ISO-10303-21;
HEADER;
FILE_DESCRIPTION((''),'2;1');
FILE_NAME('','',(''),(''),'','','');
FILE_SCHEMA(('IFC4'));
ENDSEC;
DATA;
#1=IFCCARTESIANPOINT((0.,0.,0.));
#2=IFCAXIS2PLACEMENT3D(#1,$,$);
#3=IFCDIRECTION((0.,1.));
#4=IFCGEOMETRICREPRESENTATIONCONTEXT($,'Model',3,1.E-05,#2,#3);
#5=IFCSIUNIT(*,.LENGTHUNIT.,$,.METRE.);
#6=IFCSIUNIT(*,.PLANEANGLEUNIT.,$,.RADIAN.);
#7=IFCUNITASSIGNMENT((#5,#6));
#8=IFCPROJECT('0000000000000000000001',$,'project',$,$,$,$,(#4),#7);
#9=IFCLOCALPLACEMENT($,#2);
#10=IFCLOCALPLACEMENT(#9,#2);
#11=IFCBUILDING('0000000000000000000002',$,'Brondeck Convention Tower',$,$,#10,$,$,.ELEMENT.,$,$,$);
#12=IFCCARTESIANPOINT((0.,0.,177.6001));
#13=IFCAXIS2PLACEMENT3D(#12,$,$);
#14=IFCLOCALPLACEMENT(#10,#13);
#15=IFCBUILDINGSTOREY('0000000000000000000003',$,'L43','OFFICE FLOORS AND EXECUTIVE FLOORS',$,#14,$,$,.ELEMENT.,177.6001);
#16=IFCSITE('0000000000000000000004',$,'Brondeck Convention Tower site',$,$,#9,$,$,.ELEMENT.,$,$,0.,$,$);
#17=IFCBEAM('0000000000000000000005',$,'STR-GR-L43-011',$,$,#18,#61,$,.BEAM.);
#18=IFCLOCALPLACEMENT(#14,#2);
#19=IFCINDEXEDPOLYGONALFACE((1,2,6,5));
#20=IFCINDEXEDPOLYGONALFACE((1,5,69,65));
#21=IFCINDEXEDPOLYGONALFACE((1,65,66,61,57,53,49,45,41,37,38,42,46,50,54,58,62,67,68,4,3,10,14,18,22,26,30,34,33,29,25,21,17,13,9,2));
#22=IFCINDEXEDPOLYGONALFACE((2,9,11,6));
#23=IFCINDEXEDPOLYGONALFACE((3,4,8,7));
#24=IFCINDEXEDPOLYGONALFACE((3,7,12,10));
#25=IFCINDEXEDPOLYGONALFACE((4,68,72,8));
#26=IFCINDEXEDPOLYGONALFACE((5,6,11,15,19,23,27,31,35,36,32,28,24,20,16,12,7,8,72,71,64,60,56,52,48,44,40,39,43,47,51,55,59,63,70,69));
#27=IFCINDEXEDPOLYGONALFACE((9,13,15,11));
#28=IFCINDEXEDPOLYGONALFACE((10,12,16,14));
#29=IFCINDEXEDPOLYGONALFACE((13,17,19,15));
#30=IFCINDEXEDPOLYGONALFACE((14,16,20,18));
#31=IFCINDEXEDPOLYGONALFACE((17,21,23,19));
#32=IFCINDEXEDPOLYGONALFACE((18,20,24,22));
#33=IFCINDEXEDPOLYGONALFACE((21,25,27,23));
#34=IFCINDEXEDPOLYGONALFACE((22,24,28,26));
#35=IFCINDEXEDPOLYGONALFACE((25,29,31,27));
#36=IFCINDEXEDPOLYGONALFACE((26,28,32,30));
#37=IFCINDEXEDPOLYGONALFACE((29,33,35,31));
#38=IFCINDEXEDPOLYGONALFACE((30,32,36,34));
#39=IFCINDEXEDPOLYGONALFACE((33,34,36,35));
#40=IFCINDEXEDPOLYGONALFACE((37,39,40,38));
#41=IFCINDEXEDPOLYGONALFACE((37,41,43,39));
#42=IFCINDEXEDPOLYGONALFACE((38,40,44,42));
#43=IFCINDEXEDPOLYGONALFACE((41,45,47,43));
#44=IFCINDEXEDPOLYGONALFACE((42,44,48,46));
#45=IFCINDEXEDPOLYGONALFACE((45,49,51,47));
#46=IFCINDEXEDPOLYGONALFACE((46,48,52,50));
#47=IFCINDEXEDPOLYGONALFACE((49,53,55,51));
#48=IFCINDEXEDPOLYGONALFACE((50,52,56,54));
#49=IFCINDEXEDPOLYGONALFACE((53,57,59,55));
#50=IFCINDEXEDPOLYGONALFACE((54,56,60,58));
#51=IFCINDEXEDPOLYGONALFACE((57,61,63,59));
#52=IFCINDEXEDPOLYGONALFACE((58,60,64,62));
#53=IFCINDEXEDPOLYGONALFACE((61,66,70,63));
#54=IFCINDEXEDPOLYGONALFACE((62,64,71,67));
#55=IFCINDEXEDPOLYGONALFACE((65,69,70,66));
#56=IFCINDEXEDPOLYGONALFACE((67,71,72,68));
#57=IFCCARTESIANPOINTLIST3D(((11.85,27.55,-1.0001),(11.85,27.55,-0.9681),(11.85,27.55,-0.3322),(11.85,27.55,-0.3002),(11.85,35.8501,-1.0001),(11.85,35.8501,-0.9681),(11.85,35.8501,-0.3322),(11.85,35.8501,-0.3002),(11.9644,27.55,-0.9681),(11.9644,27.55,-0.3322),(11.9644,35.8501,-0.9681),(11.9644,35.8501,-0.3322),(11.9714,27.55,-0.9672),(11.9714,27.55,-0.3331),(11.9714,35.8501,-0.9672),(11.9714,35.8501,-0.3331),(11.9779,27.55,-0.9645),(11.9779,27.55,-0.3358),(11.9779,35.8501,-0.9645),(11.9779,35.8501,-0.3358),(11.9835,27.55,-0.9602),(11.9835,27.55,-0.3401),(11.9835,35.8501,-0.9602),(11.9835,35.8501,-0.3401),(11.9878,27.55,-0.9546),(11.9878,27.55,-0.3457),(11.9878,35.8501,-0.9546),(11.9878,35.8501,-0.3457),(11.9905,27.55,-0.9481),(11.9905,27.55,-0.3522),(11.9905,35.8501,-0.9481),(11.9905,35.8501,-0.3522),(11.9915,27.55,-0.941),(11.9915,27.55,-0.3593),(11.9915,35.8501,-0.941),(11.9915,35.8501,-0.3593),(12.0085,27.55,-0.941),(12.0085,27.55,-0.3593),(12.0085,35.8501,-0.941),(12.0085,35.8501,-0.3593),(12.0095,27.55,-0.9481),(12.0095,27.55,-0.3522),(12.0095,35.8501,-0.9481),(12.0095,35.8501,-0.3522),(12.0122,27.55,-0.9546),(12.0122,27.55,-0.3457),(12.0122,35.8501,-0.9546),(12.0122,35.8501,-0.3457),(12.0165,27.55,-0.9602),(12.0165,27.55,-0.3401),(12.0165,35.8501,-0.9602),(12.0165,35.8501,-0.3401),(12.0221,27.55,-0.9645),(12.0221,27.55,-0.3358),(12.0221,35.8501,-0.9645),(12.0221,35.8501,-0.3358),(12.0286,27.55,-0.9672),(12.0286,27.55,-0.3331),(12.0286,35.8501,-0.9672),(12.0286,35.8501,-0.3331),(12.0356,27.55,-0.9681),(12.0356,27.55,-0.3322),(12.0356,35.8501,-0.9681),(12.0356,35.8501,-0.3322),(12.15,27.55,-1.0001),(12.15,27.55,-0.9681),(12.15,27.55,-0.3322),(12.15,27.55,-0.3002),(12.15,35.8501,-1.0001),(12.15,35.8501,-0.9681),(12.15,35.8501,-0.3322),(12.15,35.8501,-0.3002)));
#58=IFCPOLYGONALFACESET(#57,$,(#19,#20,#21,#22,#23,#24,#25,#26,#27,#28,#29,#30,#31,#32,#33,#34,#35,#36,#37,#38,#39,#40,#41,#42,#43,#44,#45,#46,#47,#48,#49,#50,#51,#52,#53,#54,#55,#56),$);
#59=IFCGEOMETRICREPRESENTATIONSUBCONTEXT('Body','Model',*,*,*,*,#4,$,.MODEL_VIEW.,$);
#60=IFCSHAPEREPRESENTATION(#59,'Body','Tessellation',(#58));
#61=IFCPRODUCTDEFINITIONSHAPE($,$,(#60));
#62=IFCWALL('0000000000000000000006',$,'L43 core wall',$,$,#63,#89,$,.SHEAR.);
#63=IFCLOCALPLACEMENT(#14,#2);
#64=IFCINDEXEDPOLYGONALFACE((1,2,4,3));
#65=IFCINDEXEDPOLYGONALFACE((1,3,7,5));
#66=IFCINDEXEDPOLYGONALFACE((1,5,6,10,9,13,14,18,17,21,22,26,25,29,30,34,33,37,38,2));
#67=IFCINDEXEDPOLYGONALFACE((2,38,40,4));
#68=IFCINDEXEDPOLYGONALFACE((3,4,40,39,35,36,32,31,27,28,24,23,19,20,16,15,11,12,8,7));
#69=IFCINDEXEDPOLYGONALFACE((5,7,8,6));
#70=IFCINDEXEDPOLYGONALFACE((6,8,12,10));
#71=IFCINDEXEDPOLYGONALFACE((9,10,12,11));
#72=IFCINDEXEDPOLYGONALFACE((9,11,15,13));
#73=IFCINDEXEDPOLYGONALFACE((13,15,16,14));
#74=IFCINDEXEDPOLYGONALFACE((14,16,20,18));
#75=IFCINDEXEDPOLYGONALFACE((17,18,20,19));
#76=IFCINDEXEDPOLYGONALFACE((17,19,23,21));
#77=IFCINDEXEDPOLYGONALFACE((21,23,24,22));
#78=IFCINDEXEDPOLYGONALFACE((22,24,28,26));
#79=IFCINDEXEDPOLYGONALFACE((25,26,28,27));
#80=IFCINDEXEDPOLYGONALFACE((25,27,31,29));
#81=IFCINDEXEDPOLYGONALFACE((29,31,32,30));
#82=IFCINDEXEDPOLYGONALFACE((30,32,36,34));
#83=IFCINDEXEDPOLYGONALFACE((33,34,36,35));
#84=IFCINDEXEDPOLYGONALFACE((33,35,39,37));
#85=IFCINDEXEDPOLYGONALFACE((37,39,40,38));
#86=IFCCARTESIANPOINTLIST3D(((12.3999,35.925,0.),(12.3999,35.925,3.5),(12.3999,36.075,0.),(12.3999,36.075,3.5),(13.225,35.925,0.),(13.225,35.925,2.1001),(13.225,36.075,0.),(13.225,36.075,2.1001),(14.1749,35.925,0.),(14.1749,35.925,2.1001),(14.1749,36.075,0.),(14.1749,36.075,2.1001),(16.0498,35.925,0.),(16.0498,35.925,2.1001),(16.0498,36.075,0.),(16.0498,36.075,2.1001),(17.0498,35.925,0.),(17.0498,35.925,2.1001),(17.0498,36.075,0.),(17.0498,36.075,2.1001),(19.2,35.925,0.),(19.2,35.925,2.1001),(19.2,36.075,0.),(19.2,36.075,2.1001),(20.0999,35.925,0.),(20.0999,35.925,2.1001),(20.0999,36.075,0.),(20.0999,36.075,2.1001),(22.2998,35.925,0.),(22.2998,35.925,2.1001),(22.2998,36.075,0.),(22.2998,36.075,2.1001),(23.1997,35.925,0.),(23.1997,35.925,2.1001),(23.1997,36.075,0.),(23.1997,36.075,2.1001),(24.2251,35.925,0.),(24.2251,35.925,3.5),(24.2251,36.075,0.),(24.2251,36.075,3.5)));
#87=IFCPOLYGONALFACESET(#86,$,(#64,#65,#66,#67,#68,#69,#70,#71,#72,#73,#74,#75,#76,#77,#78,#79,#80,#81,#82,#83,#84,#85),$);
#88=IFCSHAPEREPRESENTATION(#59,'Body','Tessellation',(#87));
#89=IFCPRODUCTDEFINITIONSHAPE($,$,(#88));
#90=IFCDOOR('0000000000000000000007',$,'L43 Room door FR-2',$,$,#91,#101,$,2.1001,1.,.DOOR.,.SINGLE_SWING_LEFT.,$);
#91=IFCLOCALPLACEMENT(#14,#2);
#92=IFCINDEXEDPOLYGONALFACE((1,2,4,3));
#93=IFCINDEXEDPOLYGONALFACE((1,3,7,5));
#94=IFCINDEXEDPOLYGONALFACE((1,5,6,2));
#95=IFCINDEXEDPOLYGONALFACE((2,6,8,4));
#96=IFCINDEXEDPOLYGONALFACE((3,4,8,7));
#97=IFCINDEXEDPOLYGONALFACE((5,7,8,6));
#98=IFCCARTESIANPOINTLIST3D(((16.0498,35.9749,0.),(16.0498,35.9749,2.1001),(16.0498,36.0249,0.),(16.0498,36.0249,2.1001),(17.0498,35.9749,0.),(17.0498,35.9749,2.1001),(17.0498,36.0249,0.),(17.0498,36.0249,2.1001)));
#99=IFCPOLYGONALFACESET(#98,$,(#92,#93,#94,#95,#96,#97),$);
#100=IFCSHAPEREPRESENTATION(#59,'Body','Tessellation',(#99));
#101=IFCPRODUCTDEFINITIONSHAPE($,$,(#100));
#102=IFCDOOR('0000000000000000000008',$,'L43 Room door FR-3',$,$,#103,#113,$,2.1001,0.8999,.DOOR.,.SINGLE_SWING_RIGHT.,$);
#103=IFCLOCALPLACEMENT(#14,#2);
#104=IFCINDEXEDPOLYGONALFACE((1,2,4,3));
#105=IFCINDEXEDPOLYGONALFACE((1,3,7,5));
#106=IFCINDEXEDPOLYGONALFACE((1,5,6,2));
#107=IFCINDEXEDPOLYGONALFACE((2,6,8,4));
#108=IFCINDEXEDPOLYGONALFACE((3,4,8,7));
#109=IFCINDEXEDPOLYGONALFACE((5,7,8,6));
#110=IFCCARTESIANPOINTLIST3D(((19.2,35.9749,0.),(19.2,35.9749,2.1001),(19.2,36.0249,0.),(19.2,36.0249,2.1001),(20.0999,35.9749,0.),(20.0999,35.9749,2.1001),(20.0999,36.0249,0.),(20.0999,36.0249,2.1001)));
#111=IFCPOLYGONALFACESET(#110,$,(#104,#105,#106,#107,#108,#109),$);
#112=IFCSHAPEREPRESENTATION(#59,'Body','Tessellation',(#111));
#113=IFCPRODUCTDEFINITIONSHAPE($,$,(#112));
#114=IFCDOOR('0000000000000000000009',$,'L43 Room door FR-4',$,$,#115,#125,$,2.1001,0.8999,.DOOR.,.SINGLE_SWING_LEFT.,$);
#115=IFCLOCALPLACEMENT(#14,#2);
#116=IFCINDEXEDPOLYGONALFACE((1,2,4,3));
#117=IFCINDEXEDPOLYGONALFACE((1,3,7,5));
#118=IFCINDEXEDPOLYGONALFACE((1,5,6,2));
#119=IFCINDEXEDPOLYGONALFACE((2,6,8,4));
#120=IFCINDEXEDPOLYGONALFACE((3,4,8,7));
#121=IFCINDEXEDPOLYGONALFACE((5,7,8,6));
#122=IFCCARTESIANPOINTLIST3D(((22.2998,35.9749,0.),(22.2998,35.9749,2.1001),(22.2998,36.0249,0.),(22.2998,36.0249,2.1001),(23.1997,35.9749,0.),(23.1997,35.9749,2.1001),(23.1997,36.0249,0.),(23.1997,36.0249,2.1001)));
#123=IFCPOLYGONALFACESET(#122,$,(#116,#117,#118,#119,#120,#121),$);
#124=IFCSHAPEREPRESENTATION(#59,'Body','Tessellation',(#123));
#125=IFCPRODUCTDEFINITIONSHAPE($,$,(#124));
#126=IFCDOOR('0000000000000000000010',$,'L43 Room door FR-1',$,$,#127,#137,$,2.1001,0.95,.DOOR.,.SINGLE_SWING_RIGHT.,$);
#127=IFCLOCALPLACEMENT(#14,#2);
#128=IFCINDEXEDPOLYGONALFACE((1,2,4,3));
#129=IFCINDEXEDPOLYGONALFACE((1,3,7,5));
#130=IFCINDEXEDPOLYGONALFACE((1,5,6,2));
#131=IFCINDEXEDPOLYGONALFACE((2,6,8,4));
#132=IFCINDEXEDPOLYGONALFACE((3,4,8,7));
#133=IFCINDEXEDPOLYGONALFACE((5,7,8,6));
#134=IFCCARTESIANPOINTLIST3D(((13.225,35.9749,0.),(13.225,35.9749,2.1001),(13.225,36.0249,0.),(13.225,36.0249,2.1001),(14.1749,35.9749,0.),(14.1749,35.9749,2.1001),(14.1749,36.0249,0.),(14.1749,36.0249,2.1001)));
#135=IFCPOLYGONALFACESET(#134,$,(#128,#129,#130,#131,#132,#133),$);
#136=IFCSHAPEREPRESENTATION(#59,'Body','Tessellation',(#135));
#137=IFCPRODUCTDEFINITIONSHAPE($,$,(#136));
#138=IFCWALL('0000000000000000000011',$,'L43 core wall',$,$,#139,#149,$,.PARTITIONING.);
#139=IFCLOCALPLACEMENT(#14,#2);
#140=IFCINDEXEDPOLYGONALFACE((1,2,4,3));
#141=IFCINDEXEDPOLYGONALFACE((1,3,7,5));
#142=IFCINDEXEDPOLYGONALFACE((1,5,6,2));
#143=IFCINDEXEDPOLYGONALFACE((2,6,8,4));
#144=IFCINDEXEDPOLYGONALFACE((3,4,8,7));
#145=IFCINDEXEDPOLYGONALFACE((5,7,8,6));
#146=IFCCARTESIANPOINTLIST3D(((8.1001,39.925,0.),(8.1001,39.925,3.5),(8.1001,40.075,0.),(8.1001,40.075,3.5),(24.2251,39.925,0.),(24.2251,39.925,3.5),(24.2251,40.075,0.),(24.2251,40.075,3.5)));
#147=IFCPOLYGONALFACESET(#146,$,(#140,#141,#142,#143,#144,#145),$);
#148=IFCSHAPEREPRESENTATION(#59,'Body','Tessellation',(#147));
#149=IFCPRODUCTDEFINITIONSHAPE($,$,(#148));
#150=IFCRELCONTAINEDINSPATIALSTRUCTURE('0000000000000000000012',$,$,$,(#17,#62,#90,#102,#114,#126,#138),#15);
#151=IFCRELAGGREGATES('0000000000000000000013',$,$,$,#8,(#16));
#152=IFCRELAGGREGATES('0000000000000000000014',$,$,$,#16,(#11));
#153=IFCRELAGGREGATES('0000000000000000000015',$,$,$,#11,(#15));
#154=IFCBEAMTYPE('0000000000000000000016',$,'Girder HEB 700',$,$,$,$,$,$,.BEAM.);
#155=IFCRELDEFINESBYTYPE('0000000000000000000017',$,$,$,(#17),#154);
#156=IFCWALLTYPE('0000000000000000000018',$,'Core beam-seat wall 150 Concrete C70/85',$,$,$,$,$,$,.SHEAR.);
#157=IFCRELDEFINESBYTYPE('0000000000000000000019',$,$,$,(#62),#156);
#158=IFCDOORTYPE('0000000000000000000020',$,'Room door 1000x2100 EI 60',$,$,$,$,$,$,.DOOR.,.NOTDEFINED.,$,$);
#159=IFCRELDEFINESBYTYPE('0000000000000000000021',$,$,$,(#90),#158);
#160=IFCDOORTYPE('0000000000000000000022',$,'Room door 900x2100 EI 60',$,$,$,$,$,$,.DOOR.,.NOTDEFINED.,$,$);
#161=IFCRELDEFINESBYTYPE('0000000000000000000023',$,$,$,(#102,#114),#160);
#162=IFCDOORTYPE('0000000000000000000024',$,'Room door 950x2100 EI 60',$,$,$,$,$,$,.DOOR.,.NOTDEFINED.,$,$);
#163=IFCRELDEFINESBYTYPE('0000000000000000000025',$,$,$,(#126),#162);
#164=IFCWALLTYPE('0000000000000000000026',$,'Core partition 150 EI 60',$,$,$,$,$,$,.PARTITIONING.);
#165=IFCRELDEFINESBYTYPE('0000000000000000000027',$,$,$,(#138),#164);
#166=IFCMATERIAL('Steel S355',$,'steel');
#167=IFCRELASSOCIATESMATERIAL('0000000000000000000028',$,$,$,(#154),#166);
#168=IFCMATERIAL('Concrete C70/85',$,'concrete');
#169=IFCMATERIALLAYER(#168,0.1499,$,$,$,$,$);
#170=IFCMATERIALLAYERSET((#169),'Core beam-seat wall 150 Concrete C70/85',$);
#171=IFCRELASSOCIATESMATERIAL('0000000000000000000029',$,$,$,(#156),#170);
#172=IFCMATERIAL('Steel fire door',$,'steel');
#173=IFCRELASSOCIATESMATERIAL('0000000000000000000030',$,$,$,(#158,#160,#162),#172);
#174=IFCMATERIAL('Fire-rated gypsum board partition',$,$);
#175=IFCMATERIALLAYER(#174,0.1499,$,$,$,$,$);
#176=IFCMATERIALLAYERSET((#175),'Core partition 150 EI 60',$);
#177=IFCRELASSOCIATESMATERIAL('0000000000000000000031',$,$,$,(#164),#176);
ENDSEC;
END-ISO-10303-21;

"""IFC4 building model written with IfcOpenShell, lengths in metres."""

from ifc_helpers import new_model, si_unit, direction, frame, frame_2d, origin, origin_2d, place, context, subcontext, project, spatial, rectangle, i_section, extrude, material, layer, layer_set, material_profile, profile_set, type_object, element, fill, save


model = new_model("IFC4")

# Units and contexts
model_context = context("Model", 3, precision=1e-05, world=origin(), true_north=direction((0.0, 1.0)))
body_context = subcontext(model_context, "Body", "Model", "MODEL_VIEW")
ifc_project = project(units=[si_unit("LENGTHUNIT", "METRE"), si_unit("PLANEANGLEUNIT", "RADIAN")], contexts=[model_context])

# Site, building, storey
site_placement = place(None, origin())
site = spatial("IfcSite", under=ifc_project, at=site_placement, Name="Brondeck Convention Tower site", CompositionType="ELEMENT", RefElevation=0.0)
building_placement = place(site_placement, origin())
building = spatial("IfcBuilding", under=site, at=building_placement, Name="Brondeck Convention Tower", CompositionType="ELEMENT")
storey_placement = place(building_placement, frame((0.0, 0.0, 177.6001)))
storey = spatial("IfcBuildingStorey", under=building, at=storey_placement, Name="L43", Description="OFFICE FLOORS AND EXECUTIVE FLOORS", CompositionType="ELEMENT", Elevation=177.6001)

# Beam
ifc_material_1 = material(Name="Steel S355", Category="steel")
ifc_material_profile = material_profile(ifc_material_1, i_section(OverallWidth=0.3, OverallDepth=0.7, WebThickness=0.0171, FlangeThickness=0.032, FilletRadius=0.0271, at=origin_2d()), Name="HEB 700")
ifc_profile_set = profile_set([ifc_material_profile], Name="Steel S355")
beam_type = type_object("IfcBeamType", Name="Girder HEB 700", PredefinedType="BEAM", material=ifc_profile_set)
beam_placement = place(storey_placement, frame((12.0, 35.8501, -0.6501), z_axis=(0.0, -1.0, 0.0), x_axis=(1.0, 0.0, 0.0)))
element("IfcBeam", 1, at=beam_placement, inside=storey, type_object=beam_type, Name="STR-GR-L43-011", PredefinedType="BEAM", context=body_context, shape_type="SweptSolid", body=[
    extrude(i_section(OverallWidth=0.3, OverallDepth=0.7, WebThickness=0.0171, FlangeThickness=0.032, FilletRadius=0.0271, at=origin_2d()), origin(), (0.0, 0.0, 1.0), 8.3),
])

# Wall, openings, doors
ifc_material_2 = material(Name="Concrete C70/85", Category="concrete")
ifc_layer_1 = layer(ifc_material_2, 0.1499)
ifc_layer_set_1 = layer_set([ifc_layer_1], Name="Core beam-seat wall 150 Concrete C70/85")
wall_type_1 = type_object("IfcWallType", Name="Core beam-seat wall 150 Concrete C70/85", PredefinedType="SHEAR", material=ifc_layer_set_1)
wall_1_placement = place(storey_placement, frame((12.3999, 36.0, 0.0), z_axis=(0.0, 0.0, 1.0), x_axis=(1.0, 0.0, 0.0)))
wall_1 = element("IfcWall", 2, at=wall_1_placement, inside=storey, type_object=wall_type_1, Name="L43 core wall", PredefinedType="SHEAR", context=body_context, shape_type="SweptSolid", body=[
    extrude(rectangle(XDim=11.8252, YDim=0.1499, at=frame_2d((5.9126, 0.0))), origin(), (0.0, 0.0, 1.0), 3.5),
])
opening_1_placement = place(wall_1_placement, frame((0.825, 0.0, 0.0)))
opening_1 = element("IfcOpeningElement", 3, at=opening_1_placement, cuts=wall_1, PredefinedType="OPENING", context=body_context, shape_type="SweptSolid", body=[
    extrude(rectangle(XDim=0.95, YDim=2.1001, at=frame_2d((0.4751, 1.05))), frame((0.0, 0.085, 0.0), z_axis=(0.0, -1.0, 0.0), x_axis=(1.0, 0.0, 0.0)), (0.0, 0.0, 1.0), 0.1699),
])
opening_2_placement = place(wall_1_placement, frame((3.6499, 0.0, 0.0)))
opening_2 = element("IfcOpeningElement", 4, at=opening_2_placement, cuts=wall_1, PredefinedType="OPENING", context=body_context, shape_type="SweptSolid", body=[
    extrude(rectangle(XDim=1.0, YDim=2.1001, at=frame_2d((0.5, 1.05))), frame((0.0, 0.085, 0.0), z_axis=(0.0, -1.0, 0.0), x_axis=(1.0, 0.0, 0.0)), (0.0, 0.0, 1.0), 0.1699),
])
opening_3_placement = place(wall_1_placement, frame((6.8, 0.0, 0.0)))
opening_3 = element("IfcOpeningElement", 5, at=opening_3_placement, cuts=wall_1, PredefinedType="OPENING", context=body_context, shape_type="SweptSolid", body=[
    extrude(rectangle(XDim=0.8999, YDim=2.1001, at=frame_2d((0.45, 1.05))), frame((0.0, 0.085, 0.0), z_axis=(0.0, -1.0, 0.0), x_axis=(1.0, 0.0, 0.0)), (0.0, 0.0, 1.0), 0.1699),
])
opening_4_placement = place(wall_1_placement, frame((9.8999, 0.0, 0.0)))
opening_4 = element("IfcOpeningElement", 6, at=opening_4_placement, cuts=wall_1, PredefinedType="OPENING", context=body_context, shape_type="SweptSolid", body=[
    extrude(rectangle(XDim=0.8999, YDim=2.1001, at=frame_2d((0.45, 1.05))), frame((0.0, 0.085, 0.0), z_axis=(0.0, -1.0, 0.0), x_axis=(1.0, 0.0, 0.0)), (0.0, 0.0, 1.0), 0.1699),
])
ifc_material_3 = material(Name="Steel fire door", Category="steel")
door_type_1 = type_object("IfcDoorType", Name="Room door 1000x2100 EI 60", OperationType="NOTDEFINED", PredefinedType="DOOR", material=ifc_material_3)
door_1_placement = place(opening_2_placement, origin())
door_1 = element("IfcDoor", 7, at=door_1_placement, inside=storey, type_object=door_type_1, Name="L43 Room door FR-2", OperationType="SINGLE_SWING_LEFT", OverallHeight=2.1001, OverallWidth=1.0, PredefinedType="DOOR", context=body_context, shape_type="SweptSolid", body=[
    extrude(rectangle(XDim=1.0, YDim=2.1001, at=frame_2d((0.5, 1.05))), frame((0.0, 0.0249, 0.0), z_axis=(0.0, -1.0, 0.0), x_axis=(1.0, 0.0, 0.0)), (0.0, 0.0, 1.0), 0.05),
])
fill(opening_2, door_1)
door_type_2 = type_object("IfcDoorType", Name="Room door 900x2100 EI 60", OperationType="NOTDEFINED", PredefinedType="DOOR", material=ifc_material_3)
door_2_placement = place(opening_3_placement, origin())
door_2 = element("IfcDoor", 8, at=door_2_placement, inside=storey, type_object=door_type_2, Name="L43 Room door FR-3", OperationType="SINGLE_SWING_RIGHT", OverallHeight=2.1001, OverallWidth=0.8999, PredefinedType="DOOR", context=body_context, shape_type="SweptSolid", body=[
    extrude(rectangle(XDim=0.8999, YDim=2.1001, at=frame_2d((0.45, 1.05))), frame((0.0, 0.0249, 0.0), z_axis=(0.0, -1.0, 0.0), x_axis=(1.0, 0.0, 0.0)), (0.0, 0.0, 1.0), 0.05),
])
fill(opening_3, door_2)
door_3_placement = place(opening_4_placement, origin())
door_3 = element("IfcDoor", 9, at=door_3_placement, inside=storey, type_object=door_type_2, Name="L43 Room door FR-4", OperationType="SINGLE_SWING_LEFT", OverallHeight=2.1001, OverallWidth=0.8999, PredefinedType="DOOR", context=body_context, shape_type="SweptSolid", body=[
    extrude(rectangle(XDim=0.8999, YDim=2.1001, at=frame_2d((0.45, 1.05))), frame((0.0, 0.0249, 0.0), z_axis=(0.0, -1.0, 0.0), x_axis=(1.0, 0.0, 0.0)), (0.0, 0.0, 1.0), 0.05),
])
fill(opening_4, door_3)
door_type_3 = type_object("IfcDoorType", Name="Room door 950x2100 EI 60", OperationType="NOTDEFINED", PredefinedType="DOOR", material=ifc_material_3)
door_4_placement = place(opening_1_placement, origin())
door_4 = element("IfcDoor", 10, at=door_4_placement, inside=storey, type_object=door_type_3, Name="L43 Room door FR-1", OperationType="SINGLE_SWING_RIGHT", OverallHeight=2.1001, OverallWidth=0.95, PredefinedType="DOOR", context=body_context, shape_type="SweptSolid", body=[
    extrude(rectangle(XDim=0.95, YDim=2.1001, at=frame_2d((0.4751, 1.05))), frame((0.0, 0.0249, 0.0), z_axis=(0.0, -1.0, 0.0), x_axis=(1.0, 0.0, 0.0)), (0.0, 0.0, 1.0), 0.05),
])
fill(opening_1, door_4)

# Wall
ifc_material_4 = material(Name="Fire-rated gypsum board partition")
ifc_layer_2 = layer(ifc_material_4, 0.1499)
ifc_layer_set_2 = layer_set([ifc_layer_2], Name="Core partition 150 EI 60")
wall_type_2 = type_object("IfcWallType", Name="Core partition 150 EI 60", PredefinedType="PARTITIONING", material=ifc_layer_set_2)
wall_2_placement = place(storey_placement, frame((8.1001, 40.0, 0.0), z_axis=(0.0, 0.0, 1.0), x_axis=(1.0, 0.0, 0.0)))
element("IfcWall", 11, at=wall_2_placement, inside=storey, type_object=wall_type_2, Name="L43 core wall", PredefinedType="PARTITIONING", context=body_context, shape_type="SweptSolid", body=[
    extrude(rectangle(XDim=16.125, YDim=0.1499, at=frame_2d((8.0625, 0.0))), origin(), (0.0, 0.0, 1.0), 3.5),
])

save(model, "model.ifc")
